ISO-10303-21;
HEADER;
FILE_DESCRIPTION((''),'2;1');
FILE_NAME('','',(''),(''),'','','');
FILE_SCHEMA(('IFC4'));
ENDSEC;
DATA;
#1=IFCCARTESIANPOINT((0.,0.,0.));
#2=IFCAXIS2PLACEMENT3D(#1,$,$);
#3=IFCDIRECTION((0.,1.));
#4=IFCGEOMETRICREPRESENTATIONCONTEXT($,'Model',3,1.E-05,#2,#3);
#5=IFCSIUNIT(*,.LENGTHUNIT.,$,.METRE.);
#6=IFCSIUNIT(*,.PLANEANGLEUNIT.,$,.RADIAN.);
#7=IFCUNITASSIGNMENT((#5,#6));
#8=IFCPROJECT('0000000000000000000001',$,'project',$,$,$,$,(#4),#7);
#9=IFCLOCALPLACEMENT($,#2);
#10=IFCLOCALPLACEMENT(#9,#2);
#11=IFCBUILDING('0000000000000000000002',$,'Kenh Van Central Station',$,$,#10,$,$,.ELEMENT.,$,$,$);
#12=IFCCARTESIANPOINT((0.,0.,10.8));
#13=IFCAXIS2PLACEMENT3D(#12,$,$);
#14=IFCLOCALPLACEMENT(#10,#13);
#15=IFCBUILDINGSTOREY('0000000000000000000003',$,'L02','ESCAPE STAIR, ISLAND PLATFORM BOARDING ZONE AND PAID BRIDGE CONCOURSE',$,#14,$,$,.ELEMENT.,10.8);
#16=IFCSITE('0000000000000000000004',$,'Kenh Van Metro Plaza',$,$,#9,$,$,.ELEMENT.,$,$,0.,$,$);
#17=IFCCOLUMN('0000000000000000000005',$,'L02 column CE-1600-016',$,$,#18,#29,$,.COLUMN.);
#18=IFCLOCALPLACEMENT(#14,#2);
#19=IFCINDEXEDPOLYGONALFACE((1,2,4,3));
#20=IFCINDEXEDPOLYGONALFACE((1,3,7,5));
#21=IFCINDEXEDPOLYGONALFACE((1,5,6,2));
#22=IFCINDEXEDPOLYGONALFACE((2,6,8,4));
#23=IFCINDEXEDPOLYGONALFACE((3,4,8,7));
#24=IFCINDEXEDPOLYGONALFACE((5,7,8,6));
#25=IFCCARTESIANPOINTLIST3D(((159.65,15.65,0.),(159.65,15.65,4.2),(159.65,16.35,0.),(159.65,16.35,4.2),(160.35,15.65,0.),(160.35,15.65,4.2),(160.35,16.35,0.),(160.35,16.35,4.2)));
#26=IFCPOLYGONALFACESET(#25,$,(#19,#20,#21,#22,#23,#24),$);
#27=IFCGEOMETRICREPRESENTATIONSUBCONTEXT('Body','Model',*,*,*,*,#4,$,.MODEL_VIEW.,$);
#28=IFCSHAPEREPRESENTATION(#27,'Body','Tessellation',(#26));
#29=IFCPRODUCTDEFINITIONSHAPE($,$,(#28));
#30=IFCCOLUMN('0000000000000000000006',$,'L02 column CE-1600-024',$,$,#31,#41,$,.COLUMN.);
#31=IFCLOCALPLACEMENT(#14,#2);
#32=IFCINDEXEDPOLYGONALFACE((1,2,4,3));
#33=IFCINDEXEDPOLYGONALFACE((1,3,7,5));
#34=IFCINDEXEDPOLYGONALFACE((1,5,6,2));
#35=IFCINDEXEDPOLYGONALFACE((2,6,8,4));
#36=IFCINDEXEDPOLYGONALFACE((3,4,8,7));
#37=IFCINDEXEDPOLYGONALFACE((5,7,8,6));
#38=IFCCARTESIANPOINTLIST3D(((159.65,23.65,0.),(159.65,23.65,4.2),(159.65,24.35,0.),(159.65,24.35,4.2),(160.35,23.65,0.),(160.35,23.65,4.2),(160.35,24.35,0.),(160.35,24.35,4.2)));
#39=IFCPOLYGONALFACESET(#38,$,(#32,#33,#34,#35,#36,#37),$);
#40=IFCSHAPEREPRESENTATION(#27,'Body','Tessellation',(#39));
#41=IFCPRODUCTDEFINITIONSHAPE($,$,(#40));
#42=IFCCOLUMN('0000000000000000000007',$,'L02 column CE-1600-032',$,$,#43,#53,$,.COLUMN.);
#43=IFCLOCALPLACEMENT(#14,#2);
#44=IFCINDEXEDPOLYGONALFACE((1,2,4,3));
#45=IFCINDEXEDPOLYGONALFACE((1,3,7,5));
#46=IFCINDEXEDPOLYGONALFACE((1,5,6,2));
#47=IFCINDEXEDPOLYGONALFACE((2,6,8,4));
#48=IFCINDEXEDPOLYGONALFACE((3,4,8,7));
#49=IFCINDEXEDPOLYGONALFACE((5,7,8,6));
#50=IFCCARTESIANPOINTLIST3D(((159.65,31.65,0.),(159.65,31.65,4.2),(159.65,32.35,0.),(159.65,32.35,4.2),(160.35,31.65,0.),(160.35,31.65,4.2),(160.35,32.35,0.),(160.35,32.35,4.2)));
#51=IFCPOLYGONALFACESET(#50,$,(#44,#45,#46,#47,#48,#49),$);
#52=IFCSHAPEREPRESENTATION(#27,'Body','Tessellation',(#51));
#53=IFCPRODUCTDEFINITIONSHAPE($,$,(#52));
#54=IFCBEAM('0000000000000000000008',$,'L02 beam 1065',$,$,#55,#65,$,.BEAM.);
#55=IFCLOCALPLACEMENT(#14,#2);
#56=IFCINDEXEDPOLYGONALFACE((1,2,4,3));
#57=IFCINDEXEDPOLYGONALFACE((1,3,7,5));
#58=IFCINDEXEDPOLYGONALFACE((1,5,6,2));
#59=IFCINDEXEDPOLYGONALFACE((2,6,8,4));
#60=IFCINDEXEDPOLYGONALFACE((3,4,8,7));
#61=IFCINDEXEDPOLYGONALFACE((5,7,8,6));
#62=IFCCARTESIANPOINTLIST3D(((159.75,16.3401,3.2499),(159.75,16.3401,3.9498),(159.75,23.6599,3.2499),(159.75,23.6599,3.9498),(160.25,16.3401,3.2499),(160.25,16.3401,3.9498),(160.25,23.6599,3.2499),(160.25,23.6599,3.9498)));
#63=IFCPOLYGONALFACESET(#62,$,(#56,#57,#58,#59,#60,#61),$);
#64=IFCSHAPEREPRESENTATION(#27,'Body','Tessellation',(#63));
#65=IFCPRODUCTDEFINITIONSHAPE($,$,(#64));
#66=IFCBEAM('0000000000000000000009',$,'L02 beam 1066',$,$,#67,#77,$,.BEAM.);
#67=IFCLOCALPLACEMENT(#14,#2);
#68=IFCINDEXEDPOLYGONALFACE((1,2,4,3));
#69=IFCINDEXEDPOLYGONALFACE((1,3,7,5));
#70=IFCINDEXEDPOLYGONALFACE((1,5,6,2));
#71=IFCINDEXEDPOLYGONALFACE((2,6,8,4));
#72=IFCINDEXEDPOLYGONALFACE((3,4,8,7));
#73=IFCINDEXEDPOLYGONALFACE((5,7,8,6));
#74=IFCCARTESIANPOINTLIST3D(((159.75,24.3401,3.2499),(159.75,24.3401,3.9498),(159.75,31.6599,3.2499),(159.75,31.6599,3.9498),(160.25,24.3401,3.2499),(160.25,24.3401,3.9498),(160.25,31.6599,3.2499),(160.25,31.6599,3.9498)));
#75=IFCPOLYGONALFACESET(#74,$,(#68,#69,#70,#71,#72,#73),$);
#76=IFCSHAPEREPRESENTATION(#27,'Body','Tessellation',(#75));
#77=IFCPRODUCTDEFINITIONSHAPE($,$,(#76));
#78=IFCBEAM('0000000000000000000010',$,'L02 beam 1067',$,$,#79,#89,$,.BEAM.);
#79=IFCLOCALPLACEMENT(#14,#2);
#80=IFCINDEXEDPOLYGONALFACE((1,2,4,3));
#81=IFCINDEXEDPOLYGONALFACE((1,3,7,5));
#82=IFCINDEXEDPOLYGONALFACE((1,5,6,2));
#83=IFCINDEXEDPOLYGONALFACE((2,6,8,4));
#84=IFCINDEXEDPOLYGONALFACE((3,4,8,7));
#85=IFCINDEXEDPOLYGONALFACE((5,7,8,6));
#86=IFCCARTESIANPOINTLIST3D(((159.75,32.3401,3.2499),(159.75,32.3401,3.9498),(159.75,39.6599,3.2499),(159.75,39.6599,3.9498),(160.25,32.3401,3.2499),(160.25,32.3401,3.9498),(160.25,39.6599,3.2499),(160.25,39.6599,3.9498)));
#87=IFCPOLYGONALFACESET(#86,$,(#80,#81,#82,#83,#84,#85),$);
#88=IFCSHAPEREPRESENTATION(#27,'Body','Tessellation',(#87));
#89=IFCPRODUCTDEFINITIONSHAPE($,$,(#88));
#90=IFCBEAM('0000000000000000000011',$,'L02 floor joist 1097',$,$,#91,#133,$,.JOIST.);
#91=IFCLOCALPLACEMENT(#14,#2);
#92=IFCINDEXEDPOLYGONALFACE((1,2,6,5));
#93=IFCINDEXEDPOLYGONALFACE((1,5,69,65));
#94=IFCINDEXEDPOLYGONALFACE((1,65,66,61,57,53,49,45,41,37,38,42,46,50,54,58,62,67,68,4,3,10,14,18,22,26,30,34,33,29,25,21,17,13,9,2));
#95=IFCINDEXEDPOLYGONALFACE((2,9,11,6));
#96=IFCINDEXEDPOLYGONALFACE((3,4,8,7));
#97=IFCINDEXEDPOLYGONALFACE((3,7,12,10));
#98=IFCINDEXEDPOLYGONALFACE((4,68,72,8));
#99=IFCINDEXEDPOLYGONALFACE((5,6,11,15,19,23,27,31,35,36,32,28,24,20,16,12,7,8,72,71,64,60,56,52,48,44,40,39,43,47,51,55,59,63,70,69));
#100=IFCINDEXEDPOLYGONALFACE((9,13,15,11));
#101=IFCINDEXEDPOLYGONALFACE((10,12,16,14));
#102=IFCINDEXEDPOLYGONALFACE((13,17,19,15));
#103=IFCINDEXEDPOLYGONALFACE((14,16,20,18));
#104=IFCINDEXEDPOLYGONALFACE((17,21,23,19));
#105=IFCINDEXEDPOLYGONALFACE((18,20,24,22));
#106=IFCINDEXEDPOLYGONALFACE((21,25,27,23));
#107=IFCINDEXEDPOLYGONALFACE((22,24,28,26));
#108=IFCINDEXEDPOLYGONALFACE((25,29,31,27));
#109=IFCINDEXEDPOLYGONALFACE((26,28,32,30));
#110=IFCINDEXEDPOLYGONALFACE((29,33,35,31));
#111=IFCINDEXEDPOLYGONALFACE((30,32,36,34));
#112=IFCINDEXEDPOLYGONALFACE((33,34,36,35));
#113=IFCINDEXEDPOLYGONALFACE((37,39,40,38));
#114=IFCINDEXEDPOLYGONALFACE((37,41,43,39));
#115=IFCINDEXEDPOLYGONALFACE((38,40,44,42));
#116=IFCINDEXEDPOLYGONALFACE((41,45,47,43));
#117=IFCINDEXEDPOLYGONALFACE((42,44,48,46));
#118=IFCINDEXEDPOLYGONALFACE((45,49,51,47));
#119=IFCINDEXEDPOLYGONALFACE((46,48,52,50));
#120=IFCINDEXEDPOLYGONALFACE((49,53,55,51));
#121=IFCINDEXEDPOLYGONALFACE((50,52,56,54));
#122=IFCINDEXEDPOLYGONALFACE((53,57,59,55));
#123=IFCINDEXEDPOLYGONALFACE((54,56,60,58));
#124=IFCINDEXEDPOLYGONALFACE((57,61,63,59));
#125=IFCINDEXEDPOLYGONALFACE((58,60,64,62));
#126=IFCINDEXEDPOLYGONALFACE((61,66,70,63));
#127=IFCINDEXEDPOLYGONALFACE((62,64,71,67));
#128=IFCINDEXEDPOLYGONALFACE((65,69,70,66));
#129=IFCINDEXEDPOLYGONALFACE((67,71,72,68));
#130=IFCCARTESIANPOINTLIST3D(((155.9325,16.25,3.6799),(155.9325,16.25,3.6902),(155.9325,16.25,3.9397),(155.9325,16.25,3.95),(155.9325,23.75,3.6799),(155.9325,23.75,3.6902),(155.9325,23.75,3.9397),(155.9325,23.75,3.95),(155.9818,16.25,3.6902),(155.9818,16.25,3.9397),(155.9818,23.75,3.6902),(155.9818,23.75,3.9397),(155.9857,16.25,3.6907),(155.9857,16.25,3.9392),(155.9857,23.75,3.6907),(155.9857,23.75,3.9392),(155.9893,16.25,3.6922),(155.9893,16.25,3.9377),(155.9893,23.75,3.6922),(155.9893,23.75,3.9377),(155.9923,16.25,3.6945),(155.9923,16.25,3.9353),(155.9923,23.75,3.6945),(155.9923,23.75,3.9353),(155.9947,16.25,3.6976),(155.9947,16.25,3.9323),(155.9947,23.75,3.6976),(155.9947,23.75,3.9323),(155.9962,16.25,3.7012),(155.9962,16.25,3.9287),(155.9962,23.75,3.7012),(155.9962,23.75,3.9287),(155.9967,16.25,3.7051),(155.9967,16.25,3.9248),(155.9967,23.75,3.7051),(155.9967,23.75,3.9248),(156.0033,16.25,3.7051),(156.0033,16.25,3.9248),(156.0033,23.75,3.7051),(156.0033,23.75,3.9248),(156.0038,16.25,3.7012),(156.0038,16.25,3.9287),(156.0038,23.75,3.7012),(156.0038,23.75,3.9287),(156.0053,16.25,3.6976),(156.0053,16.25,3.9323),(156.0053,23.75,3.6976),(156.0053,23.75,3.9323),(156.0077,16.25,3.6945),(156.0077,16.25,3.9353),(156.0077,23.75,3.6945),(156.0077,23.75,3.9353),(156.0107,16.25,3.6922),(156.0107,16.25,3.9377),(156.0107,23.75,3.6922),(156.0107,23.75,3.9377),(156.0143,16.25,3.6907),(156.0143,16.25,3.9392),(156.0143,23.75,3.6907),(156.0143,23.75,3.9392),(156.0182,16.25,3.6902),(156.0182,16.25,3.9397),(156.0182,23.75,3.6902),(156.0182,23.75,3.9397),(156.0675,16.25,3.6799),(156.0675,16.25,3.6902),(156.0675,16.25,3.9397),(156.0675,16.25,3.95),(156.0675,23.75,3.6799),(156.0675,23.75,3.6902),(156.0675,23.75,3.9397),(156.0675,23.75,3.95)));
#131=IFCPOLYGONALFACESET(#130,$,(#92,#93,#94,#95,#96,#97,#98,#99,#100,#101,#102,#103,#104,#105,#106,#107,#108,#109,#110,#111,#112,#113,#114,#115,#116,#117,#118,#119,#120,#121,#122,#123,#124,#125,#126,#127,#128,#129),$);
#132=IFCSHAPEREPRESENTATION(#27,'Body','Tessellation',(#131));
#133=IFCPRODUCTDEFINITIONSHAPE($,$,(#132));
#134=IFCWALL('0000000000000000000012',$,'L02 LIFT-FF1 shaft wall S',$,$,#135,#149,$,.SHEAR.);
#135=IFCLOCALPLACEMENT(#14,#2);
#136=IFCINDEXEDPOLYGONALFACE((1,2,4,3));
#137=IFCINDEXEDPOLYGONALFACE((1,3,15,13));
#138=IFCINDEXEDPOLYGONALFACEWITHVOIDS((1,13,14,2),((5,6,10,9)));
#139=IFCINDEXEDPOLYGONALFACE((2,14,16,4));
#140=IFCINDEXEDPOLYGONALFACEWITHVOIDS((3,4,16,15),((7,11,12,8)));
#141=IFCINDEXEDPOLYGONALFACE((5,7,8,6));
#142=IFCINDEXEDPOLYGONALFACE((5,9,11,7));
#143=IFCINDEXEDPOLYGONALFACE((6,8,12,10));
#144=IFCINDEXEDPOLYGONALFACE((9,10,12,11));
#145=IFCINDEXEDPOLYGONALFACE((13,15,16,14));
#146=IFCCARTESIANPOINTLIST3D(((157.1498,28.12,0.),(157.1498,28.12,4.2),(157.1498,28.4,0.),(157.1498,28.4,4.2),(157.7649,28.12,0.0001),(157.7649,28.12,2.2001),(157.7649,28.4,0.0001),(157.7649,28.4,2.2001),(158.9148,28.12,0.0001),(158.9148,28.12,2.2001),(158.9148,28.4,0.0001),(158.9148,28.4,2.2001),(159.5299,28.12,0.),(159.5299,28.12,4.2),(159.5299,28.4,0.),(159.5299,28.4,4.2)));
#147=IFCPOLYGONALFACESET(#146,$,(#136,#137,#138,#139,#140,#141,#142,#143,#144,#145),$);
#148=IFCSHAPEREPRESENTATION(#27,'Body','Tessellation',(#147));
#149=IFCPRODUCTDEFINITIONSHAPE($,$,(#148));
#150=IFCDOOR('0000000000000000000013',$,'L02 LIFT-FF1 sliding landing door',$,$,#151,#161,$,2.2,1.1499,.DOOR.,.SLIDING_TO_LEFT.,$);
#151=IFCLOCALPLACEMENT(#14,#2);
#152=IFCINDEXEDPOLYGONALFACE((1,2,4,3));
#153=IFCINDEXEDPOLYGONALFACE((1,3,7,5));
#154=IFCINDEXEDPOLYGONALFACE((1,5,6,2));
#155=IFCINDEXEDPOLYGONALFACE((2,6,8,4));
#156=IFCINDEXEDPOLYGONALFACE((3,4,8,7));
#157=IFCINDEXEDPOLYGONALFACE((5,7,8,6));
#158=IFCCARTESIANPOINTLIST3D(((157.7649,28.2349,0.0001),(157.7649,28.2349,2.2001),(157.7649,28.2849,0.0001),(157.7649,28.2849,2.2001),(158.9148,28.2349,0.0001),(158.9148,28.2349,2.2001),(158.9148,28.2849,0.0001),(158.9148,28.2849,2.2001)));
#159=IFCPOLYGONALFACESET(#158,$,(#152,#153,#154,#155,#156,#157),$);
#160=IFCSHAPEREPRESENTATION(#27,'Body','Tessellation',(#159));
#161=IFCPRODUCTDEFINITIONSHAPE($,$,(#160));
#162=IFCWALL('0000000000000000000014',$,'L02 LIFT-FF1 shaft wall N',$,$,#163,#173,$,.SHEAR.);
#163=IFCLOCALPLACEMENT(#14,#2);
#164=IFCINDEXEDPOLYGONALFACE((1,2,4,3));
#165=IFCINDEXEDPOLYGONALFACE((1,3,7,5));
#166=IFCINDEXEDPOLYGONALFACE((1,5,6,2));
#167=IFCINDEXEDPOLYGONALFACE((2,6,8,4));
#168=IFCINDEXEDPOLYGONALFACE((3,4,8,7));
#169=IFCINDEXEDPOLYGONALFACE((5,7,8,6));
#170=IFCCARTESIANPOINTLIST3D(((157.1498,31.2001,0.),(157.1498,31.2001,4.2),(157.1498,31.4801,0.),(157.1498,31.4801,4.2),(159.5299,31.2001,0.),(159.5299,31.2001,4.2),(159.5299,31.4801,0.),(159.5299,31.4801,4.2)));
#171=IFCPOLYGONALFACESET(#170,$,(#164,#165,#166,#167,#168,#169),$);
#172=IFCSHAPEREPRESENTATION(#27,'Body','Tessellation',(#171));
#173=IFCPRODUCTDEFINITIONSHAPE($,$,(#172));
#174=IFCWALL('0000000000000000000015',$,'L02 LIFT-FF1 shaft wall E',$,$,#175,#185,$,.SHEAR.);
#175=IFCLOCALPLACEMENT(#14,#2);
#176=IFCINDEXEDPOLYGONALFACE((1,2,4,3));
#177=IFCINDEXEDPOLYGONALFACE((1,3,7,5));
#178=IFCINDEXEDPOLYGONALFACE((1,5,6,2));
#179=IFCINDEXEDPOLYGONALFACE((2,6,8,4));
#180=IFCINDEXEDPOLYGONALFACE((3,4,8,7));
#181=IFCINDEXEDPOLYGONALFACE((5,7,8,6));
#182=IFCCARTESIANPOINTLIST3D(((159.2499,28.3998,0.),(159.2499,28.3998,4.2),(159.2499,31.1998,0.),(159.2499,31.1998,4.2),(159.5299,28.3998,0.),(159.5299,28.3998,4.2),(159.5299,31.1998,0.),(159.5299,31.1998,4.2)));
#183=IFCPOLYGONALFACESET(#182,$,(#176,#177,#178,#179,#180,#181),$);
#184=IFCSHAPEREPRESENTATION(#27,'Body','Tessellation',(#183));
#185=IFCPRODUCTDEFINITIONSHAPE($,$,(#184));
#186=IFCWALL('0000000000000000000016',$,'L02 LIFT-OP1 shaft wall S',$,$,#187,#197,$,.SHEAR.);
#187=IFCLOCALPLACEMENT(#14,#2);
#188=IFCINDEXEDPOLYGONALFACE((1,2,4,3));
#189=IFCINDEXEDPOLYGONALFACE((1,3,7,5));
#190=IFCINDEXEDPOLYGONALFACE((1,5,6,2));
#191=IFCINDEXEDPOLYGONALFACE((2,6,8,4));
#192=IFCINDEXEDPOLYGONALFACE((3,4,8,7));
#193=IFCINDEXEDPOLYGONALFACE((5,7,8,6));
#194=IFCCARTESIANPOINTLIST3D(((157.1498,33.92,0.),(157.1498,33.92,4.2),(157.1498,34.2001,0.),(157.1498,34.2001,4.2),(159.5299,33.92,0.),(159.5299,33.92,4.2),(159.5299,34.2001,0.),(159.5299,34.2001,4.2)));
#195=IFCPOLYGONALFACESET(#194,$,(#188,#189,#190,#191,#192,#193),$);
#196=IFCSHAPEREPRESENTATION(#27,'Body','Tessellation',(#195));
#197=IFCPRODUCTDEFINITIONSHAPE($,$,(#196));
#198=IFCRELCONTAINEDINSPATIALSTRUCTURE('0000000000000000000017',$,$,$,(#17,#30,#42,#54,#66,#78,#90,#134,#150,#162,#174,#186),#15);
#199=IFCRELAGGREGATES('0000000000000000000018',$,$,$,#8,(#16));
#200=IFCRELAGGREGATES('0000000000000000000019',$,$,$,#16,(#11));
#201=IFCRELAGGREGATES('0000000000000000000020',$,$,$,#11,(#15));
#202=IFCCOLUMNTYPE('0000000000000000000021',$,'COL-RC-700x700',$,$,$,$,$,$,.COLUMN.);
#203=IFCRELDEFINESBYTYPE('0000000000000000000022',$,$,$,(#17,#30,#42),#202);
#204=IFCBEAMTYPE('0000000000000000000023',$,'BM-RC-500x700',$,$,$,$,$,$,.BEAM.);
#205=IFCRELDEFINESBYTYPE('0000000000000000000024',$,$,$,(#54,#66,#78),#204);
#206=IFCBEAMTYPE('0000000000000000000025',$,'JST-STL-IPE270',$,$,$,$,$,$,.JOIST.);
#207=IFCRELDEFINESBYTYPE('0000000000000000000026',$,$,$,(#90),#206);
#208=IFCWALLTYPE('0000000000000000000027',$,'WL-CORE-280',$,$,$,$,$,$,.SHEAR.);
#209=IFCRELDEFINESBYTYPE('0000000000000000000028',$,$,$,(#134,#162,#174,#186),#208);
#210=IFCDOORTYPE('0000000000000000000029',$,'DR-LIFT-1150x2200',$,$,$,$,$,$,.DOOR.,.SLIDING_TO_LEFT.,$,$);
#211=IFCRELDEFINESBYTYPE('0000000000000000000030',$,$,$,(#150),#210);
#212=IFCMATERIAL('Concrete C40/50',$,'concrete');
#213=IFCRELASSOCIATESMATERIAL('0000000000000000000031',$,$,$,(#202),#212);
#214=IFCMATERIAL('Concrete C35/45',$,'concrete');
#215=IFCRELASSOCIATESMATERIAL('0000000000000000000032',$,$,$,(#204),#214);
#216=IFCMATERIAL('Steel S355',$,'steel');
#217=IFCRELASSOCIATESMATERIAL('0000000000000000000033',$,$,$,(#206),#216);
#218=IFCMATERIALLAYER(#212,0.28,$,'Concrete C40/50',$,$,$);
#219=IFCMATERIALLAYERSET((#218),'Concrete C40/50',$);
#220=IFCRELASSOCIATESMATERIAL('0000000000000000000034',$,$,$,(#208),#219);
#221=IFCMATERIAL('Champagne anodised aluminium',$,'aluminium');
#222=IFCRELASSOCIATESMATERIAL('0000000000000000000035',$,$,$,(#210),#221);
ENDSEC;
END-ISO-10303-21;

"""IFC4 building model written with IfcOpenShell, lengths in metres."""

from ifc_helpers import new_model, si_unit, direction, frame, frame_2d, origin, origin_2d, place, context, subcontext, project, spatial, rectangle, i_section, extrude, material, layer, layer_set, material_profile, profile_set, type_object, element, fill, save


model = new_model("IFC4")

# Units and contexts
model_context = context("Model", 3, precision=1e-05, world=origin(), true_north=direction((0.0, 1.0)))
body_context = subcontext(model_context, "Body", "Model", "MODEL_VIEW")
ifc_project = project(units=[si_unit("LENGTHUNIT", "METRE"), si_unit("PLANEANGLEUNIT", "RADIAN")], contexts=[model_context])

# Site, building, storey
site_placement = place(None, origin())
site = spatial("IfcSite", under=ifc_project, at=site_placement, Name="Kenh Van Metro Plaza", CompositionType="ELEMENT", RefElevation=0.0)
building_placement = place(site_placement, origin())
building = spatial("IfcBuilding", under=site, at=building_placement, Name="Kenh Van Central Station", CompositionType="ELEMENT")
storey_placement = place(building_placement, frame((0.0, 0.0, 10.8)))
storey = spatial("IfcBuildingStorey", under=building, at=storey_placement, Name="L02", Description="ESCAPE STAIR, ISLAND PLATFORM BOARDING ZONE AND PAID BRIDGE CONCOURSE", CompositionType="ELEMENT", Elevation=10.8)

# Columns
ifc_material_1 = material(Name="Concrete C40/50", Category="concrete")
ifc_material_profile_1 = material_profile(ifc_material_1, rectangle(XDim=0.7, YDim=0.7, at=origin_2d()), Name="RC 700x700")
ifc_profile_set_1 = profile_set([ifc_material_profile_1], Name="Concrete C40/50")
column_type = type_object("IfcColumnType", Name="COL-RC-700x700", PredefinedType="COLUMN", material=ifc_profile_set_1)
for number, where, z_axis, x_axis, name in (
    (1, (160.0, 16.0, 0.0), (0.0, 0.0, 1.0), (1.0, 0.0, 0.0), "L02 column CE-1600-016"),
    (2, (160.0, 24.0, 0.0), (0.0, 0.0, 1.0), (1.0, 0.0, 0.0), "L02 column CE-1600-024"),
    (3, (160.0, 32.0, 0.0), (0.0, 0.0, 1.0), (1.0, 0.0, 0.0), "L02 column CE-1600-032"),
):
    element("IfcColumn", number, at=place(storey_placement, frame(where, z_axis=z_axis, x_axis=x_axis)), inside=storey, type_object=column_type, Name=name, PredefinedType="COLUMN", context=body_context, shape_type="SweptSolid", body=[
        extrude(rectangle(XDim=0.7, YDim=0.7, at=origin_2d()), origin(), (0.0, 0.0, 1.0), 4.2),
    ])

# Beams
ifc_material_2 = material(Name="Concrete C35/45", Category="concrete")
ifc_material_profile_2 = material_profile(ifc_material_2, rectangle(XDim=0.5, YDim=0.7, at=origin_2d()), Name="RC 500x700")
ifc_profile_set_2 = profile_set([ifc_material_profile_2], Name="Concrete C35/45")
beam_type_1 = type_object("IfcBeamType", Name="BM-RC-500x700", PredefinedType="BEAM", material=ifc_profile_set_2)
for number, where, z_axis, x_axis, name in (
    (4, (160.0, 16.3401, 3.5999), (0.0, 1.0, 0.0), (-1.0, 0.0, 0.0), "L02 beam 1065"),
    (5, (160.0, 24.3401, 3.5999), (0.0, 1.0, 0.0), (-1.0, 0.0, 0.0), "L02 beam 1066"),
    (6, (160.0, 32.3401, 3.5999), (0.0, 1.0, 0.0), (-1.0, 0.0, 0.0), "L02 beam 1067"),
):
    element("IfcBeam", number, at=place(storey_placement, frame(where, z_axis=z_axis, x_axis=x_axis)), inside=storey, type_object=beam_type_1, Name=name, PredefinedType="BEAM", context=body_context, shape_type="SweptSolid", body=[
        extrude(rectangle(XDim=0.5, YDim=0.7, at=origin_2d()), origin(), (0.0, 0.0, 1.0), 7.3198),
    ])
ifc_material_3 = material(Name="Steel S355", Category="steel")
ifc_material_profile_3 = material_profile(ifc_material_3, i_section(OverallWidth=0.135, OverallDepth=0.27, WebThickness=0.0066, FlangeThickness=0.0103, FilletRadius=0.0149, at=origin_2d()), Name="IPE 270")
ifc_profile_set_3 = profile_set([ifc_material_profile_3], Name="Steel S355")
beam_type_2 = type_object("IfcBeamType", Name="JST-STL-IPE270", PredefinedType="JOIST", material=ifc_profile_set_3)
beam_placement = place(storey_placement, frame((156.0, 16.25, 3.8149), z_axis=(0.0, 1.0, 0.0), x_axis=(-1.0, 0.0, 0.0)))
element("IfcBeam", 7, at=beam_placement, inside=storey, type_object=beam_type_2, Name="L02 floor joist 1097", PredefinedType="JOIST", context=body_context, shape_type="SweptSolid", body=[
    extrude(i_section(OverallWidth=0.135, OverallDepth=0.27, WebThickness=0.0066, FlangeThickness=0.0103, FilletRadius=0.0149, at=origin_2d()), origin(), (0.0, 0.0, 1.0), 7.5),
])

# Wall, opening, door
ifc_layer_1 = layer(ifc_material_1, 0.28, Name="Concrete C40/50")
ifc_layer_set_1 = layer_set([ifc_layer_1], Name="Concrete C40/50")
wall_type_1 = type_object("IfcWallType", Name="WL-CORE-280", PredefinedType="SHEAR", material=ifc_layer_set_1)
wall_1_placement = place(storey_placement, frame((157.1499, 28.26, 0.0), z_axis=(0.0, 0.0, 1.0), x_axis=(1.0, 0.0, 0.0)))
wall_1 = element("IfcWall", 8, at=wall_1_placement, inside=storey, type_object=wall_type_1, Name="L02 LIFT-FF1 shaft wall S", PredefinedType="SHEAR", context=body_context, shape_type="SweptSolid", body=[
    extrude(rectangle(XDim=2.3801, YDim=0.28, at=frame_2d((1.1899, 0.0))), origin(), (0.0, 0.0, 1.0), 4.2),
])
opening_1_placement = place(wall_1_placement, frame((0.615, 0.0, 0.0)))
opening_1 = element("IfcOpeningElement", 9, at=opening_1_placement, cuts=wall_1, PredefinedType="OPENING", context=body_context, shape_type="SweptSolid", body=[
    extrude(rectangle(XDim=1.1499, YDim=2.2, at=frame_2d((0.575, 1.1001))), frame((0.0, 0.1499, 0.0), z_axis=(0.0, -1.0, 0.0), x_axis=(1.0, 0.0, 0.0)), (0.0, 0.0, 1.0), 0.3),
])
ifc_material_4 = material(Name="Champagne anodised aluminium", Category="aluminium")
door_type_1 = type_object("IfcDoorType", Name="DR-LIFT-1150x2200", OperationType="SLIDING_TO_LEFT", PredefinedType="DOOR", material=ifc_material_4)
door_1_placement = place(opening_1_placement, origin())
door_1 = element("IfcDoor", 10, at=door_1_placement, inside=storey, type_object=door_type_1, Name="L02 LIFT-FF1 sliding landing door", OperationType="SLIDING_TO_LEFT", OverallHeight=2.2, OverallWidth=1.1499, PredefinedType="DOOR", context=body_context, shape_type="SweptSolid", body=[
    extrude(rectangle(XDim=1.1499, YDim=2.2, at=frame_2d((0.575, 1.1001))), frame((0.0, 0.0249, 0.0), z_axis=(0.0, -1.0, 0.0), x_axis=(1.0, 0.0, 0.0)), (0.0, 0.0, 1.0), 0.05),
])
fill(opening_1, door_1)

# Walls
wall_2_placement = place(storey_placement, frame((157.1499, 31.3401, 0.0), z_axis=(0.0, 0.0, 1.0), x_axis=(1.0, 0.0, 0.0)))
element("IfcWall", 11, at=wall_2_placement, inside=storey, type_object=wall_type_1, Name="L02 LIFT-FF1 shaft wall N", PredefinedType="SHEAR", context=body_context, shape_type="SweptSolid", body=[
    extrude(rectangle(XDim=2.3801, YDim=0.28, at=frame_2d((1.1899, 0.0))), origin(), (0.0, 0.0, 1.0), 4.2),
])
wall_3_placement = place(storey_placement, frame((159.3899, 28.3999, 0.0), z_axis=(0.0, 0.0, 1.0), x_axis=(0.0, 1.0, 0.0)))
element("IfcWall", 12, at=wall_3_placement, inside=storey, type_object=wall_type_1, Name="L02 LIFT-FF1 shaft wall E", PredefinedType="SHEAR", context=body_context, shape_type="SweptSolid", body=[
    extrude(rectangle(XDim=2.8, YDim=0.28, at=frame_2d((1.3999, 0.0))), origin(), (0.0, 0.0, 1.0), 4.2),
])
wall_4_placement = place(storey_placement, frame((157.1499, 34.0601, 0.0), z_axis=(0.0, 0.0, 1.0), x_axis=(1.0, 0.0, 0.0)))
element("IfcWall", 13, at=wall_4_placement, inside=storey, type_object=wall_type_1, Name="L02 LIFT-OP1 shaft wall S", PredefinedType="SHEAR", context=body_context, shape_type="SweptSolid", body=[
    extrude(rectangle(XDim=2.3801, YDim=0.28, at=frame_2d((1.1899, 0.0))), origin(), (0.0, 0.0, 1.0), 4.2),
])

save(model, "model.ifc")
